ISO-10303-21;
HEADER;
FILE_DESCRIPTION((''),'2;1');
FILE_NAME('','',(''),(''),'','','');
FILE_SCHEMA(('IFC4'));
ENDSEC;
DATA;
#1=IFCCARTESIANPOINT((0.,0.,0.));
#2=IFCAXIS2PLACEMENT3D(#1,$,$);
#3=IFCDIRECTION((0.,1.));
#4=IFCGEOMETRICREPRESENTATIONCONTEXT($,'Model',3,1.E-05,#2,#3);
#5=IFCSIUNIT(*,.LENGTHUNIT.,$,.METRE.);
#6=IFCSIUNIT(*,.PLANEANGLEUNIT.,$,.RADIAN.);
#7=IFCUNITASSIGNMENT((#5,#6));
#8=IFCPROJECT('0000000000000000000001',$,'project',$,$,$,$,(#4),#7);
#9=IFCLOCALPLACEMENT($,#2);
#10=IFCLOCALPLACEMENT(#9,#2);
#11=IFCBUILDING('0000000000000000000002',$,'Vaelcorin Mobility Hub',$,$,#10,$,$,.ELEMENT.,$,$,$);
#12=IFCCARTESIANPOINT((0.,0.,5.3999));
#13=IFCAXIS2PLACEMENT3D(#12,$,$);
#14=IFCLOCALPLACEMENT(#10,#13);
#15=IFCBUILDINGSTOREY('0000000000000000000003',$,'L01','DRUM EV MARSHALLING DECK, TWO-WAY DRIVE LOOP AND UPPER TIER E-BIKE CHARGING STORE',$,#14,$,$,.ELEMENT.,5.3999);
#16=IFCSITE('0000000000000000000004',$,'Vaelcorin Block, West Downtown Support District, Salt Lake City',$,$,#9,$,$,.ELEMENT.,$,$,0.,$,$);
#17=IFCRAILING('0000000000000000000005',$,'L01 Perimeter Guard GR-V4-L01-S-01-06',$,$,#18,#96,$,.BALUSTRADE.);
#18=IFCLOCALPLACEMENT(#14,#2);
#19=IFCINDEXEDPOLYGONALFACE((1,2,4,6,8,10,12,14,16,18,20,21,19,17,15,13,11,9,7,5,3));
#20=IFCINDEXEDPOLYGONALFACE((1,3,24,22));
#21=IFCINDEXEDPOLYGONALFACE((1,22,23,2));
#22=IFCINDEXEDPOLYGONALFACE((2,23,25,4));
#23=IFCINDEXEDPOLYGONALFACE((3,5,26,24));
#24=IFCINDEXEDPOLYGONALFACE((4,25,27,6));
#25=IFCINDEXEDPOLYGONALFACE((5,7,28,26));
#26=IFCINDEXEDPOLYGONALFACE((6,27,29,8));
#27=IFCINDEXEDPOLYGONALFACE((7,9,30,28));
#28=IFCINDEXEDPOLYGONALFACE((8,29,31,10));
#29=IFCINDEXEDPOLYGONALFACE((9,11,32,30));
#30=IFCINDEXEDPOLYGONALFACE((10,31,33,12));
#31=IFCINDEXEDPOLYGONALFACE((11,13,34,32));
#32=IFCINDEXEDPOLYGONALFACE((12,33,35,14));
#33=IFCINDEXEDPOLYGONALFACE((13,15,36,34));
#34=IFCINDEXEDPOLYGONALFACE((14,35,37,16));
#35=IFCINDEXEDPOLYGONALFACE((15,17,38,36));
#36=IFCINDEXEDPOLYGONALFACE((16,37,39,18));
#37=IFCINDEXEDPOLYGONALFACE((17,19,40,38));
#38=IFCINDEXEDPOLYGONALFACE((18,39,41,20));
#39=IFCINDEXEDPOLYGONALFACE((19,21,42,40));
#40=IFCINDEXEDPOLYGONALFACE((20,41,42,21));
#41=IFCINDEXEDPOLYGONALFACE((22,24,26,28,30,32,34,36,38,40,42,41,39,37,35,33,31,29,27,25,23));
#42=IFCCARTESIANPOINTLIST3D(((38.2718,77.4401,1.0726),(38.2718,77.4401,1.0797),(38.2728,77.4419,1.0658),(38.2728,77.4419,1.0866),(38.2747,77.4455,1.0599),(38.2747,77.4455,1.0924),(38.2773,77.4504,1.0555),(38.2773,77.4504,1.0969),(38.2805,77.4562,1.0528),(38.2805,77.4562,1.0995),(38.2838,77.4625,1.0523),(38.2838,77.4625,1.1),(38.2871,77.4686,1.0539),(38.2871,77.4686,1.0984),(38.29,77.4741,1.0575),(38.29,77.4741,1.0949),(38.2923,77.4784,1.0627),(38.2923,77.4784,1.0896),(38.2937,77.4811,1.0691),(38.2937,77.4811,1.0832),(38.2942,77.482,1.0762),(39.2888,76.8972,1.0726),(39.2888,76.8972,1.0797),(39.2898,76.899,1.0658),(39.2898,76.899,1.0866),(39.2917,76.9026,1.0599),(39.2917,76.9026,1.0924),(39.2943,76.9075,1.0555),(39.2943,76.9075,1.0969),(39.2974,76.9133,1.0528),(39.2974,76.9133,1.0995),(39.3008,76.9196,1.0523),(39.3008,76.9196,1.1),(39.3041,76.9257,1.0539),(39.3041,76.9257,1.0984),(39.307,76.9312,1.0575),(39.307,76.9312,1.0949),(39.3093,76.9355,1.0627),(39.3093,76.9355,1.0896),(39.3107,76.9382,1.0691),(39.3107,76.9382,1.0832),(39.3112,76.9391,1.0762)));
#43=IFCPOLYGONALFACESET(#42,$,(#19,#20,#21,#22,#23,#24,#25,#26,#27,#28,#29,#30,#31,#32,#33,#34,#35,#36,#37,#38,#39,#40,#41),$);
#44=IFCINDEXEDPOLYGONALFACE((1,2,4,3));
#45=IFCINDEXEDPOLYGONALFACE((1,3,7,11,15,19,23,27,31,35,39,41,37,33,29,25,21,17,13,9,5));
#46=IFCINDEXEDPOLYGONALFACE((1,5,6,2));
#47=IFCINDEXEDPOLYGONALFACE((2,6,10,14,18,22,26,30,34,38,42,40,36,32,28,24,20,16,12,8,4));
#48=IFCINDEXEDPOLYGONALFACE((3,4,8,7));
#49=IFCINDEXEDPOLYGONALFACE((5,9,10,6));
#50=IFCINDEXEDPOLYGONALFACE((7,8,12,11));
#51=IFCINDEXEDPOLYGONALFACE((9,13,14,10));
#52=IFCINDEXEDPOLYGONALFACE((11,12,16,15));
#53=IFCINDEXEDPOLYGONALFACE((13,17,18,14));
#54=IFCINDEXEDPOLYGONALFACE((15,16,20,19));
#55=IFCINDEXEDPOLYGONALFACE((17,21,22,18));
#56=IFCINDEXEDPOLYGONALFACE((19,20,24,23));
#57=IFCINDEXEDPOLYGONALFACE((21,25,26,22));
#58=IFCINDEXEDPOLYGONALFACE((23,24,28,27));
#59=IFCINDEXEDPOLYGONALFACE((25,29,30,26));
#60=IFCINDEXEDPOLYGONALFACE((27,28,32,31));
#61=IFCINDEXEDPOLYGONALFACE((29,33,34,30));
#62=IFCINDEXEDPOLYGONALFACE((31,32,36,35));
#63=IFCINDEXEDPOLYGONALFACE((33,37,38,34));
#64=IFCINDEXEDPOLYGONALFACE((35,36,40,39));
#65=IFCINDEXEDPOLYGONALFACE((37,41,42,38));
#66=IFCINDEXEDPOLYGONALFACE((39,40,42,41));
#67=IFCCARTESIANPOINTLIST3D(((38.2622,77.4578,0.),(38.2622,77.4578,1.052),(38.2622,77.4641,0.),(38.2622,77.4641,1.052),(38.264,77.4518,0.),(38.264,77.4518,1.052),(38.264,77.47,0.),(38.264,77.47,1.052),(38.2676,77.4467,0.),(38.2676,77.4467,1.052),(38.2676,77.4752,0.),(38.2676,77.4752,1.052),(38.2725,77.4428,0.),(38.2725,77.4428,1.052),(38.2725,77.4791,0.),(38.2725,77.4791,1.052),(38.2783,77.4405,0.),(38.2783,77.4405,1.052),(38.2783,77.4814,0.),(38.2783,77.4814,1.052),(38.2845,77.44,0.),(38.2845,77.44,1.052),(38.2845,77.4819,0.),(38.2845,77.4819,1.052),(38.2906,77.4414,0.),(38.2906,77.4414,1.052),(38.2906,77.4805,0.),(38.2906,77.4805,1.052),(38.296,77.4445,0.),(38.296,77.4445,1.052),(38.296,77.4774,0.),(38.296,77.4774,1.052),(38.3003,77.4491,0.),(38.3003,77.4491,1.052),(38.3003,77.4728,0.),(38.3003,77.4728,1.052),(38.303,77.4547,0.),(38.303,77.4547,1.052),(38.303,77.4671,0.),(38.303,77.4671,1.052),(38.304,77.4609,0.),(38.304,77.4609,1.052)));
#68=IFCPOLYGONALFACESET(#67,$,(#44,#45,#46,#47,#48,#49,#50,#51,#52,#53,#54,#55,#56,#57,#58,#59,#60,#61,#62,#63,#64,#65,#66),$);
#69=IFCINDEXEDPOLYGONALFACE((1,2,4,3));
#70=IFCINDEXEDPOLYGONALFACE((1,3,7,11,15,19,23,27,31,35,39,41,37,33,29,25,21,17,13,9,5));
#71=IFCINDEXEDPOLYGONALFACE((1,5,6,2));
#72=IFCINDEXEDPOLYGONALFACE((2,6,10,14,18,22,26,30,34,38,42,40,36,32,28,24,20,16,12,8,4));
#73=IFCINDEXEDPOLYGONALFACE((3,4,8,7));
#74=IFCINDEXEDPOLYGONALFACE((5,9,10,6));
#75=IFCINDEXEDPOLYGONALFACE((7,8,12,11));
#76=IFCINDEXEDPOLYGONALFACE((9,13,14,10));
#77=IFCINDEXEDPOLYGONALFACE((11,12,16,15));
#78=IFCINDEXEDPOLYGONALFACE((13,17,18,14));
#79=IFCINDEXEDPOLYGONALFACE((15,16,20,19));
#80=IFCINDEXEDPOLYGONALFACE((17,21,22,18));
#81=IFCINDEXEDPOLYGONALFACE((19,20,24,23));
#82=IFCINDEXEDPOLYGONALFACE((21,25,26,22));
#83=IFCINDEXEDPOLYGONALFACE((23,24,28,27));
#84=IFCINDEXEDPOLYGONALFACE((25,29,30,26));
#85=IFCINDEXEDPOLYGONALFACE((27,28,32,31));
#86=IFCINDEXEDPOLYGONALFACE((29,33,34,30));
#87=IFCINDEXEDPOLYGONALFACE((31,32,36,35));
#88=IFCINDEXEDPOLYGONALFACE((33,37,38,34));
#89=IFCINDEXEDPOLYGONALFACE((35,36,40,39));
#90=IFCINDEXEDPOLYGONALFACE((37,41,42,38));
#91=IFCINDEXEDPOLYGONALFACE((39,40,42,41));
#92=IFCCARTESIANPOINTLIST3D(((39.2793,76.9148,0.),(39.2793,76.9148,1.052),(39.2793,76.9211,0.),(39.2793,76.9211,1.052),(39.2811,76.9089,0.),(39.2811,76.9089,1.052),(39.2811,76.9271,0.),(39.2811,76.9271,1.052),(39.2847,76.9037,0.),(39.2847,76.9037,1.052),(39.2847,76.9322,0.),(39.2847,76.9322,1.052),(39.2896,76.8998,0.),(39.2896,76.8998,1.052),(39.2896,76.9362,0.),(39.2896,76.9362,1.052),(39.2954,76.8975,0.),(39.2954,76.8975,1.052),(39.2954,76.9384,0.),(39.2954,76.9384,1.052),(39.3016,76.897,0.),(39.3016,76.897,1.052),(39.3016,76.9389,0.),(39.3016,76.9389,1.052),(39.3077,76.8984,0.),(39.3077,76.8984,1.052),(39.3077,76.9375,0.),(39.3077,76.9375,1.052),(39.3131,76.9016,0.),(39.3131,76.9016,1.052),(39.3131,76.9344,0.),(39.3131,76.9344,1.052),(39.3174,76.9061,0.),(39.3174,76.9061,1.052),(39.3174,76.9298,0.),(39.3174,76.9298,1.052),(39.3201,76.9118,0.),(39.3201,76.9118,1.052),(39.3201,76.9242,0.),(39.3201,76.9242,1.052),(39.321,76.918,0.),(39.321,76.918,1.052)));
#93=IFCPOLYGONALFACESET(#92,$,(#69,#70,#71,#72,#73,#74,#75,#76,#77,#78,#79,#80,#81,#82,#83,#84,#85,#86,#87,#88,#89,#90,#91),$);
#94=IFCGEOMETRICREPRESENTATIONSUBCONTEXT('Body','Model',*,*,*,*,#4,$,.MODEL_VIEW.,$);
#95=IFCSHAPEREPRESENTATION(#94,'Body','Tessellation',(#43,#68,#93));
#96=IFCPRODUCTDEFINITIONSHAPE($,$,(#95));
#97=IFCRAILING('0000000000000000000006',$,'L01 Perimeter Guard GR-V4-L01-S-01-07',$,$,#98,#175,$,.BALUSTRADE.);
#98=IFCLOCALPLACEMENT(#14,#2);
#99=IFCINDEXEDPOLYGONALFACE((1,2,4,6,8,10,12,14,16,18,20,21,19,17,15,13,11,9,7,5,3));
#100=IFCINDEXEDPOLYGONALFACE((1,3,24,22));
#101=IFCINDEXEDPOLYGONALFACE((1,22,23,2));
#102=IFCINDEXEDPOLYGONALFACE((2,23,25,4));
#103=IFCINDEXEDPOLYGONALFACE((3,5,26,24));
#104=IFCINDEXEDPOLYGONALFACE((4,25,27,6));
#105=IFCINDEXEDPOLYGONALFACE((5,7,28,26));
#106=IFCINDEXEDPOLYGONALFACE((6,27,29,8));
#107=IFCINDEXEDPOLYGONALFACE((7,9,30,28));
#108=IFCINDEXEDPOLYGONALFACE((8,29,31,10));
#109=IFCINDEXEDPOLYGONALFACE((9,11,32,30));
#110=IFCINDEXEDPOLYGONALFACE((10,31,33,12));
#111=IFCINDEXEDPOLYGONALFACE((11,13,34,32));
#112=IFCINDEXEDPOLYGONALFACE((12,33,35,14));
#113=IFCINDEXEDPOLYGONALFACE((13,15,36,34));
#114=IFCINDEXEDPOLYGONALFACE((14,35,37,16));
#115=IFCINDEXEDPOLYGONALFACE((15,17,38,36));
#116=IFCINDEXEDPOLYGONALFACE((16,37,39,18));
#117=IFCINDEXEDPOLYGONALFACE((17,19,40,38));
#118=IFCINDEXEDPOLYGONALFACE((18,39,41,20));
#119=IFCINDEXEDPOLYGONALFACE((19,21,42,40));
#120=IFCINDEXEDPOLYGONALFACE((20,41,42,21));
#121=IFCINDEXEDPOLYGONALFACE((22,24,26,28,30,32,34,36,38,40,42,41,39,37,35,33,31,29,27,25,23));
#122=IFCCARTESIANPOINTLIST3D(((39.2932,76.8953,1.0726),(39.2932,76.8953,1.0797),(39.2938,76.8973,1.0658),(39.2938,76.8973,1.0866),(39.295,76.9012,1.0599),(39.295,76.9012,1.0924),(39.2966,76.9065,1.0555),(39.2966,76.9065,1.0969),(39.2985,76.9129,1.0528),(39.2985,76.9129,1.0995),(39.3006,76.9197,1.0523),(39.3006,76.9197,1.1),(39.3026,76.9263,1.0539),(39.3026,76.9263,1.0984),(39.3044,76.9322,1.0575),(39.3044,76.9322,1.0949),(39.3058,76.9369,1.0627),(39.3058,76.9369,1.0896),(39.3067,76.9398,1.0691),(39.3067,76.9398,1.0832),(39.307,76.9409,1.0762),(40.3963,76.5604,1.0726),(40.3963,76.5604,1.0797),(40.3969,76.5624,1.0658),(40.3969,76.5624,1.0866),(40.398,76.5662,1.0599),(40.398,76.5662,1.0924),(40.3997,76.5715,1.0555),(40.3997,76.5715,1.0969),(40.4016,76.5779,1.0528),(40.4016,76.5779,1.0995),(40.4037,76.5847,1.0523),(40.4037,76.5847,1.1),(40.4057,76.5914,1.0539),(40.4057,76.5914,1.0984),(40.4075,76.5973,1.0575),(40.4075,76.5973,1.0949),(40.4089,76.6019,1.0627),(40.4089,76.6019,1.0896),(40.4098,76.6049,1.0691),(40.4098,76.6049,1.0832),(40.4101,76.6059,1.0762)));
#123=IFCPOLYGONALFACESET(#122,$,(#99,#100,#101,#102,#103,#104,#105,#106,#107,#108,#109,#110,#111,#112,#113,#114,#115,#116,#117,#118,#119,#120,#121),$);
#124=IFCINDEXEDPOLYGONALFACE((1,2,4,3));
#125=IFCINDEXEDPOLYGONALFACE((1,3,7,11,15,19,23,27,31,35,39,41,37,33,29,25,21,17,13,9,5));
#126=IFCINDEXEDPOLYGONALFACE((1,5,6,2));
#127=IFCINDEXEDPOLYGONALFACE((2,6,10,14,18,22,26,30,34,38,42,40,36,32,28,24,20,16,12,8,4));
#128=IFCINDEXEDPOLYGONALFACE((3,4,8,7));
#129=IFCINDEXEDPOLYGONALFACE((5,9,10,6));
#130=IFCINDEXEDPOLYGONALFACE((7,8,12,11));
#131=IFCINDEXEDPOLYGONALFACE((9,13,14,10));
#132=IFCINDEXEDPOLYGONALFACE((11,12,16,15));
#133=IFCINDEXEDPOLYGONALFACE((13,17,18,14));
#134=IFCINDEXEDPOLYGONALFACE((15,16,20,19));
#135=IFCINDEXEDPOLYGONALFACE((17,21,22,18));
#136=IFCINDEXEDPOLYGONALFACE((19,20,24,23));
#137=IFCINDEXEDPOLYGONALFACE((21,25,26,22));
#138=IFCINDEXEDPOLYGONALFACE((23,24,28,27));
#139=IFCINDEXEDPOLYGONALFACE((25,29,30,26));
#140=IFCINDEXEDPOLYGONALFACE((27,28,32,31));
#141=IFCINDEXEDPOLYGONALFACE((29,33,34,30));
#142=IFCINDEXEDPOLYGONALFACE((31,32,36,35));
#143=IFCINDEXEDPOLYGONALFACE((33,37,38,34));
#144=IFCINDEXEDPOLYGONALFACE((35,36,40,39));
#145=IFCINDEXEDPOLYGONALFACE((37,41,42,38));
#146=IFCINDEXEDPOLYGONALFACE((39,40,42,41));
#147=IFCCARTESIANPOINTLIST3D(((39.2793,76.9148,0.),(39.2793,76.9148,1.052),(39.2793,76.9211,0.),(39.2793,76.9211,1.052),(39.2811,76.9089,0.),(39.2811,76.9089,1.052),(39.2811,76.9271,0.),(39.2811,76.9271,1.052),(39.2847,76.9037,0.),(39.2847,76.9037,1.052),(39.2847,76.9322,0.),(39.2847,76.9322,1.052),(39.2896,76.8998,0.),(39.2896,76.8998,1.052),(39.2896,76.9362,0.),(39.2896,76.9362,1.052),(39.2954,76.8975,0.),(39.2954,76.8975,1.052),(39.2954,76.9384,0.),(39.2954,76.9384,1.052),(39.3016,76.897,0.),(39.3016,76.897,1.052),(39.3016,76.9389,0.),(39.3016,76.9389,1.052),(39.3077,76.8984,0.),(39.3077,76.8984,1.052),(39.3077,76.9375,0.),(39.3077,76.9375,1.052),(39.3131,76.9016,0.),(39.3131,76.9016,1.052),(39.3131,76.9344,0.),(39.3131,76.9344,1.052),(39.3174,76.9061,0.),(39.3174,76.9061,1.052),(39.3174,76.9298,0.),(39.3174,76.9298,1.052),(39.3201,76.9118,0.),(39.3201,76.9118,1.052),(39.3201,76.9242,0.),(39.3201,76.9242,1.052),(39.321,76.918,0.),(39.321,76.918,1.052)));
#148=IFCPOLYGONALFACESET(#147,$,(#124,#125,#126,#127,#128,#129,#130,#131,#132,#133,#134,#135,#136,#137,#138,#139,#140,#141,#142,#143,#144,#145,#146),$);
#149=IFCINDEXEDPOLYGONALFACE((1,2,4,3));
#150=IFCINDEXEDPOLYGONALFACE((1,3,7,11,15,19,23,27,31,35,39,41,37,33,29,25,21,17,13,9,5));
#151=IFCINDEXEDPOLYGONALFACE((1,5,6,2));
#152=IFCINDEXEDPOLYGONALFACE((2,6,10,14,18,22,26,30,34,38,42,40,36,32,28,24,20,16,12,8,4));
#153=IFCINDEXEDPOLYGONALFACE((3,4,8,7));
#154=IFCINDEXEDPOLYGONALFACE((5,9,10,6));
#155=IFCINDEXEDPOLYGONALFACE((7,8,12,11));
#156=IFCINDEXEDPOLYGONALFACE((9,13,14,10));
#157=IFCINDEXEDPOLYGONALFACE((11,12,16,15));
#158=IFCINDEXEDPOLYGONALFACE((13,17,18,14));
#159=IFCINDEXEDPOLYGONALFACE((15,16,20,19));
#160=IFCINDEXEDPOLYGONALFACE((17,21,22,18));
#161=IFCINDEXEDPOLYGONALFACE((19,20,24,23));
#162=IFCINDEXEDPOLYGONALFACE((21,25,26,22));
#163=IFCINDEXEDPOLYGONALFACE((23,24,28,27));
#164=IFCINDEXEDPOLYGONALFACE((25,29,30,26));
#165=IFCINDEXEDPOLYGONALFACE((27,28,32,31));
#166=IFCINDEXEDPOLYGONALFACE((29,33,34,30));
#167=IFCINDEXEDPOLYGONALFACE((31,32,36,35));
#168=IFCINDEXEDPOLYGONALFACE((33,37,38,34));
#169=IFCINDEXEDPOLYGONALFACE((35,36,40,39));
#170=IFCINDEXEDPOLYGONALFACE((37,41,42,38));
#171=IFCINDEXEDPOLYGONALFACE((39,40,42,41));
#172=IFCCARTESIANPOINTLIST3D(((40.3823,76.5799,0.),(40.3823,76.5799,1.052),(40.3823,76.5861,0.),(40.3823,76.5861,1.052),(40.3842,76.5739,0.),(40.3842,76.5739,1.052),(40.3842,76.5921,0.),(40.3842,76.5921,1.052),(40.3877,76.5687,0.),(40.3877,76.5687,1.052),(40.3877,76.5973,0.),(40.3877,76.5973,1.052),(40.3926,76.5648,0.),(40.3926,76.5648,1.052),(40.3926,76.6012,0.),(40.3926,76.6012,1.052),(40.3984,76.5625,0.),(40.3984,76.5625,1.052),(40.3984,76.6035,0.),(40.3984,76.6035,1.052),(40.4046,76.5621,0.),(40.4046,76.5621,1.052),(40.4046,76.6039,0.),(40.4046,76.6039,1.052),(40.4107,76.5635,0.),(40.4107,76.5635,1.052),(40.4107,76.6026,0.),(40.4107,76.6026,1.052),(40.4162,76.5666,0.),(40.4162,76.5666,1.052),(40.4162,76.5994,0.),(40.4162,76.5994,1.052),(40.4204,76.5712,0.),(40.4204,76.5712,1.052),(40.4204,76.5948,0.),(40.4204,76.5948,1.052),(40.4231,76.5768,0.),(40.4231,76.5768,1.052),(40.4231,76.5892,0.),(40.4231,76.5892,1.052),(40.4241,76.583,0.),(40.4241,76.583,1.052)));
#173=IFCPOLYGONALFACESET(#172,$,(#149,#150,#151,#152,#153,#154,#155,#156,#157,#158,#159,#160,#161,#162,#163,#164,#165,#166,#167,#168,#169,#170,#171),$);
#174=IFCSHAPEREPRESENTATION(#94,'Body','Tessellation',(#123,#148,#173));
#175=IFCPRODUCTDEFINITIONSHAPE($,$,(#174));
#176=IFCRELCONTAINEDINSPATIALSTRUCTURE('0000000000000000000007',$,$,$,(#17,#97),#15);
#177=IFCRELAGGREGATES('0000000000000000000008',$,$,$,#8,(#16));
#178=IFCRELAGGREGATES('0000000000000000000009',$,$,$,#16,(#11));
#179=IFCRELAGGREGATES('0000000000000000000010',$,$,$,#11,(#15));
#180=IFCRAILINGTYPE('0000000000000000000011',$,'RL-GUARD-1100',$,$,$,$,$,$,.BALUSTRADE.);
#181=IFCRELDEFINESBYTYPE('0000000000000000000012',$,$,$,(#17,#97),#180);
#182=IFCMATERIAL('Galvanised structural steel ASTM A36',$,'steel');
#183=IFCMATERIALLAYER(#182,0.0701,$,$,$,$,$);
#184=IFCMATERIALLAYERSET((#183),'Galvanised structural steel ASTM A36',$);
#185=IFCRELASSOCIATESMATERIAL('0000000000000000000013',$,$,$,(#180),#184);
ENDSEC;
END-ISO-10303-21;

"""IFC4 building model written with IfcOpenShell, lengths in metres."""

from ifc_helpers import new_model, si_unit, direction, frame, origin, origin_2d, place, context, subcontext, project, spatial, circle, extrude, material, layer, layer_set, type_object, element, save


model = new_model("IFC4")

# Units and contexts
model_context = context("Model", 3, precision=1e-05, world=origin(), true_north=direction((0.0, 1.0)))
body_context = subcontext(model_context, "Body", "Model", "MODEL_VIEW")
ifc_project = project(units=[si_unit("LENGTHUNIT", "METRE"), si_unit("PLANEANGLEUNIT", "RADIAN")], contexts=[model_context])

# Site, building, storey
site_placement = place(None, origin())
site = spatial("IfcSite", under=ifc_project, at=site_placement, Name="Vaelcorin Block, West Downtown Support District, Salt Lake City", CompositionType="ELEMENT", RefElevation=0.0)
building_placement = place(site_placement, origin())
building = spatial("IfcBuilding", under=site, at=building_placement, Name="Vaelcorin Mobility Hub", CompositionType="ELEMENT")
storey_placement = place(building_placement, frame((0.0, 0.0, 5.3999)))
storey = spatial("IfcBuildingStorey", under=building, at=storey_placement, Name="L01", Description="DRUM EV MARSHALLING DECK, TWO-WAY DRIVE LOOP AND UPPER TIER E-BIKE CHARGING STORE", CompositionType="ELEMENT", Elevation=5.3999)

# Railings
ifc_material_1 = material(Name="Galvanised structural steel ASTM A36", Category="steel")
ifc_layer_1 = layer(ifc_material_1, 0.0701)
ifc_layer_set_1 = layer_set([ifc_layer_1], Name="Galvanised structural steel ASTM A36")
railing_type = type_object("IfcRailingType", Name="RL-GUARD-1100", PredefinedType="BALUSTRADE", material=ifc_layer_set_1)
railing_1_placement = place(storey_placement, frame((38.283, 77.4609, 0.0)))
element("IfcRailing", 1, at=railing_1_placement, inside=storey, type_object=railing_type, Name="L01 Perimeter Guard GR-V4-L01-S-01-06", PredefinedType="BALUSTRADE", context=body_context, shape_type="SweptSolid", body=[
    extrude(circle(Radius=0.0239, at=origin_2d()), frame((0.0, 0.0, 1.0762), z_axis=(0.882165, -0.47094, 0.0), x_axis=(0.47094, 0.882165, 0.0)), (0.0, 0.0, 1.0), 1.1528),
    extrude(circle(Radius=0.021, at=origin_2d()), origin(), (0.0, 0.0, 1.0), 1.052),
    extrude(circle(Radius=0.021, at=origin_2d()), frame((1.0171, -0.543, 0.0)), (0.0, 0.0, 1.0), 1.052),
])
railing_2_placement = place(storey_placement, frame((39.3, 76.918, 0.0)))
element("IfcRailing", 2, at=railing_2_placement, inside=storey, type_object=railing_type, Name="L01 Perimeter Guard GR-V4-L01-S-01-07", PredefinedType="BALUSTRADE", context=body_context, shape_type="SweptSolid", body=[
    extrude(circle(Radius=0.0239, at=origin_2d()), frame((0.0, 0.0, 1.0762), z_axis=(0.956853, -0.290572, 0.0), x_axis=(0.290572, 0.956853, 0.0)), (0.0, 0.0, 1.0), 1.1528),
    extrude(circle(Radius=0.021, at=origin_2d()), origin(), (0.0, 0.0, 1.0), 1.052),
    extrude(circle(Radius=0.021, at=origin_2d()), frame((1.103, -0.335, 0.0)), (0.0, 0.0, 1.0), 1.052),
])

save(model, "model.ifc")
